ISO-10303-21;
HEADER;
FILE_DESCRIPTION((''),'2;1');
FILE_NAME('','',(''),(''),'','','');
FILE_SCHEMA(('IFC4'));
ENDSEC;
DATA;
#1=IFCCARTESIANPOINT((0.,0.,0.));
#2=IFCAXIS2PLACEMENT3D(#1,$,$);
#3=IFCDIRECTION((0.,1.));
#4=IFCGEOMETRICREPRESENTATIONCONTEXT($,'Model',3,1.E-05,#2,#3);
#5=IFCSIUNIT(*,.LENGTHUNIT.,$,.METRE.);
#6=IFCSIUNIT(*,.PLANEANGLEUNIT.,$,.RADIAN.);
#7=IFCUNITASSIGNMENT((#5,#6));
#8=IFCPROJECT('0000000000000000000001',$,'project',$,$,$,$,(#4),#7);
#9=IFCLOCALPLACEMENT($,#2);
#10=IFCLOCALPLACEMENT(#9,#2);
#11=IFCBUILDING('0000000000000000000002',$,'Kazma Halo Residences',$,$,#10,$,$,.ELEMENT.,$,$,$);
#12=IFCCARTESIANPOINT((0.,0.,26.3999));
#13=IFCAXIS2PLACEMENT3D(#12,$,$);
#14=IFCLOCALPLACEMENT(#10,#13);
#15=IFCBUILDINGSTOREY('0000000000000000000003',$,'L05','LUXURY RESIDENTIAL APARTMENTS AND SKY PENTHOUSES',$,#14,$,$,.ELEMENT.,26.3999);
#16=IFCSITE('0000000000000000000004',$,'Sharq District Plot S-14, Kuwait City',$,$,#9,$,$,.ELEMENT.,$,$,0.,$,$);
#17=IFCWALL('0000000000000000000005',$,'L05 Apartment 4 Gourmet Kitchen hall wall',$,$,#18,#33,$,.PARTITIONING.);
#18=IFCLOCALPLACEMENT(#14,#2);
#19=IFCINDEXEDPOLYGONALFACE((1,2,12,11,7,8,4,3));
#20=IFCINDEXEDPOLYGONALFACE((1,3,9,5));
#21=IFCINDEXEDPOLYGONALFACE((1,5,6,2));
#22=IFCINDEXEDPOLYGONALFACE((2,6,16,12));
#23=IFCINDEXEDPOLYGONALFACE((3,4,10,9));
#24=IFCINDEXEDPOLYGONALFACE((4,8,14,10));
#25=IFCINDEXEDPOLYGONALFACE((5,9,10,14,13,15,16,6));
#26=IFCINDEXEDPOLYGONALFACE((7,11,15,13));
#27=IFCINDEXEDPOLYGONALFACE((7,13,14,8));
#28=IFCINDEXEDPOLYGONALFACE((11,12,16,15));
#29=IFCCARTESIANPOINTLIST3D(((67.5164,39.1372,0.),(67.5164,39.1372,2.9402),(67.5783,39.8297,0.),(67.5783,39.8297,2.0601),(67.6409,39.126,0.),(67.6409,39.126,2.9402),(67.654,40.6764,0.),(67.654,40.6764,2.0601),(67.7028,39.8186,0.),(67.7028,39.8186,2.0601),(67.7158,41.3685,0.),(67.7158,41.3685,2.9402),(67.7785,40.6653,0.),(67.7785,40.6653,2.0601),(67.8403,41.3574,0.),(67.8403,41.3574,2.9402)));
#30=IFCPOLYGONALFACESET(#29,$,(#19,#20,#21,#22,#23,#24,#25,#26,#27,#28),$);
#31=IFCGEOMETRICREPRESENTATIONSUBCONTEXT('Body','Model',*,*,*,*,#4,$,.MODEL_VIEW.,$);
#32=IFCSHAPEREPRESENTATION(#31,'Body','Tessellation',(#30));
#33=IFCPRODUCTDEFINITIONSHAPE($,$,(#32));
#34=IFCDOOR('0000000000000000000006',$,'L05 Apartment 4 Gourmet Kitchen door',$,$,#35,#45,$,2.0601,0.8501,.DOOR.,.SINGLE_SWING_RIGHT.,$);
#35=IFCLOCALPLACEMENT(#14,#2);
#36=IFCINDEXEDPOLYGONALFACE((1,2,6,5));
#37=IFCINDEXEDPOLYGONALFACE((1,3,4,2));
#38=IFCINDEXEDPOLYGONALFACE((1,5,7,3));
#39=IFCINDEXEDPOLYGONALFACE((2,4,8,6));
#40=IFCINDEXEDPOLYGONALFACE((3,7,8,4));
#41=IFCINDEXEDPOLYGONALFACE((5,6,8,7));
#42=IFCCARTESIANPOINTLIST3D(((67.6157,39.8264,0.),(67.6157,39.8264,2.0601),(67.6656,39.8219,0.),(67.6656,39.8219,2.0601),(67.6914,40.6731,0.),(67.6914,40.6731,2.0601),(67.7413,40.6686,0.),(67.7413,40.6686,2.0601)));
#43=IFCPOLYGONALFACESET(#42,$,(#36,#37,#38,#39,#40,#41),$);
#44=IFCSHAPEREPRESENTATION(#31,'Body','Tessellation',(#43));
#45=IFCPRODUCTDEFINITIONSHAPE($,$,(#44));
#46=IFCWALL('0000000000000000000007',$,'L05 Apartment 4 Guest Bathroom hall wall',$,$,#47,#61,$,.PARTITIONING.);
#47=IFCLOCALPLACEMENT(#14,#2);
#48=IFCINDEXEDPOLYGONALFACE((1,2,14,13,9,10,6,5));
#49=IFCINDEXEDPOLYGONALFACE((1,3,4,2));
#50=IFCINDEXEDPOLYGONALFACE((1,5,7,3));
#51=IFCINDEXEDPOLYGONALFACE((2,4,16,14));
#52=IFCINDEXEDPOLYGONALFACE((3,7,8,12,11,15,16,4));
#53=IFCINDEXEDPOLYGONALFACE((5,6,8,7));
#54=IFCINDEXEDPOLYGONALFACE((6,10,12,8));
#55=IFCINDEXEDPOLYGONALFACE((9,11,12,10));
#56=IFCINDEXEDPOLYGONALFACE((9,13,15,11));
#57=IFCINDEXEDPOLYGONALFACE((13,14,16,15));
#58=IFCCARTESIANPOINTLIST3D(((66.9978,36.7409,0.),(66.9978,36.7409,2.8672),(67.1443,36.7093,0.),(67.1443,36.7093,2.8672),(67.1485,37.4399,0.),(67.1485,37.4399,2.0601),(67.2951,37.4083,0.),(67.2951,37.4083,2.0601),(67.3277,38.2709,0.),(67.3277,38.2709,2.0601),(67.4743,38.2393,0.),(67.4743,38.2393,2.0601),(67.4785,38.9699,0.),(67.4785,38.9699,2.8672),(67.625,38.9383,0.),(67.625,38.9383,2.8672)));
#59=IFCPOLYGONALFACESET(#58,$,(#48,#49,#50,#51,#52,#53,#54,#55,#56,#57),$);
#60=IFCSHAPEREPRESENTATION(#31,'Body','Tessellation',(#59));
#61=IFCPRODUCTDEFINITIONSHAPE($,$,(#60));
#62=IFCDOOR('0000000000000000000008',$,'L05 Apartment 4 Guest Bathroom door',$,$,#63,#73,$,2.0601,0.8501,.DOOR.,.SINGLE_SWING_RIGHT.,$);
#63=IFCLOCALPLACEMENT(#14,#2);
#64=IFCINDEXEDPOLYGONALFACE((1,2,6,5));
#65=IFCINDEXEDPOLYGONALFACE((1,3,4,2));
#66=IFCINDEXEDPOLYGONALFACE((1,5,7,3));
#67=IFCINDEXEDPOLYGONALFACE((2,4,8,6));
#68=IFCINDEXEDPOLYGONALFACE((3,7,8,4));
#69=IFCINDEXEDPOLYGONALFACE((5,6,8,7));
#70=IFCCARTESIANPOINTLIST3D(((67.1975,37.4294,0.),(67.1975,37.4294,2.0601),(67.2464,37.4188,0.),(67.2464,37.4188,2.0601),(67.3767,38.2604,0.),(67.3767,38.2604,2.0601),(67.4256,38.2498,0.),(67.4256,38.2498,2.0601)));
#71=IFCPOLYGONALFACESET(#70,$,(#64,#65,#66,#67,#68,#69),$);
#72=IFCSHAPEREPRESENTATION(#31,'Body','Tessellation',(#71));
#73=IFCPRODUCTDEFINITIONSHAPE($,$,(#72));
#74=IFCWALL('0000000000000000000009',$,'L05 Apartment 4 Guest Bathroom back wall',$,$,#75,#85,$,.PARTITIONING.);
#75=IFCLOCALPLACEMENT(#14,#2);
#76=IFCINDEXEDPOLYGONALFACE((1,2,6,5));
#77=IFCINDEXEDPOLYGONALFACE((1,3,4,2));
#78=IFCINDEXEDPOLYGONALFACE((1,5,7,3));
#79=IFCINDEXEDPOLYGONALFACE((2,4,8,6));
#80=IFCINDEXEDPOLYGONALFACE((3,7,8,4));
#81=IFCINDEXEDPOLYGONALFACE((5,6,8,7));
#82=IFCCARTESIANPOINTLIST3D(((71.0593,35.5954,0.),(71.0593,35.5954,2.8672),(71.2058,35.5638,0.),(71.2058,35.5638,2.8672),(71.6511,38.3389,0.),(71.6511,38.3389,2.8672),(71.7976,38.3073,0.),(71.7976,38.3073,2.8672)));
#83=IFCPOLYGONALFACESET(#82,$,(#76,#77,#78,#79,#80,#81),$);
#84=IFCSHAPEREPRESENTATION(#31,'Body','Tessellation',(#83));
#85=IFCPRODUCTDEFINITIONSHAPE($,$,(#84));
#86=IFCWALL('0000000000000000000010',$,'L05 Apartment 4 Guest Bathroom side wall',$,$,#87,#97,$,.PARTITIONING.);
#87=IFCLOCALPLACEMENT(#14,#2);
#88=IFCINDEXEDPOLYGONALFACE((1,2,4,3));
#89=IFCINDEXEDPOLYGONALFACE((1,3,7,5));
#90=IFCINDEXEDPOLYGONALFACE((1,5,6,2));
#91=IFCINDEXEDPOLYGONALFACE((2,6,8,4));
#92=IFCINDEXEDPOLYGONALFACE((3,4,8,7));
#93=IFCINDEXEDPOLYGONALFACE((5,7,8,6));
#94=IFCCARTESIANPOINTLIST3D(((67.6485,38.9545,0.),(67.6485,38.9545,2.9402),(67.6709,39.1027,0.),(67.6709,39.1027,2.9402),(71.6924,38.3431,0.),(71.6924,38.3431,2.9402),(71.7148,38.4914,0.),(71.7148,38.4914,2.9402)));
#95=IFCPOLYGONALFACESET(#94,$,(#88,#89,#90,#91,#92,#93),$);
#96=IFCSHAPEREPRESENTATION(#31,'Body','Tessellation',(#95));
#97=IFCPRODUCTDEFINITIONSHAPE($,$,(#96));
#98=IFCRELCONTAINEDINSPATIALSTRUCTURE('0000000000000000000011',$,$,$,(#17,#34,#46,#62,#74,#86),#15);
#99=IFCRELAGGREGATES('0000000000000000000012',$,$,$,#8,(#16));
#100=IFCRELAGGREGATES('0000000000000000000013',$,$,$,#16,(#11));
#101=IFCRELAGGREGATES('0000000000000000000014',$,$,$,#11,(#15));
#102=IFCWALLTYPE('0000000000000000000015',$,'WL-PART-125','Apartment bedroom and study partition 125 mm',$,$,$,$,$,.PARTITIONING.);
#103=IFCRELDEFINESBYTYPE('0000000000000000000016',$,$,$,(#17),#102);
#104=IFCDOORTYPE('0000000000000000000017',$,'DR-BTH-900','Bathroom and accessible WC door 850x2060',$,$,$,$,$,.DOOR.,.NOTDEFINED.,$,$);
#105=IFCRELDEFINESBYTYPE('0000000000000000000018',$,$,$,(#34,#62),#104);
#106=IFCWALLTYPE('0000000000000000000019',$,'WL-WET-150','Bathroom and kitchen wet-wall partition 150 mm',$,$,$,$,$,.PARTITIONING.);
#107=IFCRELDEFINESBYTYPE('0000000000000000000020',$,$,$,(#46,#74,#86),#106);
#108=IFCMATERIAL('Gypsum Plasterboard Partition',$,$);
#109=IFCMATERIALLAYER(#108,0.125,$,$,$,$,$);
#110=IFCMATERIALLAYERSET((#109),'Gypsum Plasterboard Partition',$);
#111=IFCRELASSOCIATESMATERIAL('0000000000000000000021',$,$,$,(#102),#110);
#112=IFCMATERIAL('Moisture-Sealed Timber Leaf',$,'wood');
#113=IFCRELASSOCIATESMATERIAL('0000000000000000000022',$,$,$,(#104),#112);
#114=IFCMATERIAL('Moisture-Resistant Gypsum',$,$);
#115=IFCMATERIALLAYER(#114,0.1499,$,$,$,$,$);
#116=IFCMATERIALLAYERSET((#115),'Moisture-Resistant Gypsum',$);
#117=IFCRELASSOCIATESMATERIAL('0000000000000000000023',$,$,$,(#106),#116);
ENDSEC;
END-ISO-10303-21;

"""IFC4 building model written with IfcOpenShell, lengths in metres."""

from ifc_helpers import new_model, si_unit, direction, frame, frame_2d, origin, place, context, subcontext, project, spatial, rectangle, extrude, material, layer, layer_set, type_object, element, fill, save


model = new_model("IFC4")

# Units and contexts
model_context = context("Model", 3, precision=1e-05, world=origin(), true_north=direction((0.0, 1.0)))
body_context = subcontext(model_context, "Body", "Model", "MODEL_VIEW")
ifc_project = project(units=[si_unit("LENGTHUNIT", "METRE"), si_unit("PLANEANGLEUNIT", "RADIAN")], contexts=[model_context])

# Site, building, storey
site_placement = place(None, origin())
site = spatial("IfcSite", under=ifc_project, at=site_placement, Name="Sharq District Plot S-14, Kuwait City", CompositionType="ELEMENT", RefElevation=0.0)
building_placement = place(site_placement, origin())
building = spatial("IfcBuilding", under=site, at=building_placement, Name="Kazma Halo Residences", CompositionType="ELEMENT")
storey_placement = place(building_placement, frame((0.0, 0.0, 26.3999)))
storey = spatial("IfcBuildingStorey", under=building, at=storey_placement, Name="L05", Description="LUXURY RESIDENTIAL APARTMENTS AND SKY PENTHOUSES", CompositionType="ELEMENT", Elevation=26.3999)

# Shared definitions
ifc_material_1 = material(Name="Gypsum Plasterboard Partition")
ifc_layer_1 = layer(ifc_material_1, 0.125)
ifc_layer_set_1 = layer_set([ifc_layer_1], Name="Gypsum Plasterboard Partition")
wall_type_1 = type_object("IfcWallType", Name="WL-PART-125", Description="Apartment bedroom and study partition 125 mm", PredefinedType="PARTITIONING", material=ifc_layer_set_1)

# Shared definitions
ifc_material_2 = material(Name="Moisture-Sealed Timber Leaf", Category="wood")
door_type = type_object("IfcDoorType", Name="DR-BTH-900", Description="Bathroom and accessible WC door 850x2060", OperationType="NOTDEFINED", PredefinedType="DOOR", material=ifc_material_2)

# Walls, openings, doors
wall_1_placement = place(storey_placement, frame((67.5786, 39.1316, 0.0), z_axis=(0.0, 0.0, 1.0), x_axis=(0.089032, 0.996029, 0.0)))
wall_1 = element("IfcWall", 1, at=wall_1_placement, inside=storey, type_object=wall_type_1, Name="L05 Apartment 4 Gourmet Kitchen hall wall", PredefinedType="PARTITIONING", context=body_context, shape_type="SweptSolid", body=[
    extrude(rectangle(XDim=2.2402, YDim=0.125, at=frame_2d((1.1201, 0.0))), origin(), (0.0, 0.0, 1.0), 2.9402),
])
opening_1_placement = place(wall_1_placement, frame((0.6953, 0.0, 0.0)))
opening_1 = element("IfcOpeningElement", 2, at=opening_1_placement, cuts=wall_1, PredefinedType="OPENING", context=body_context, shape_type="SweptSolid", body=[
    extrude(rectangle(XDim=0.8501, YDim=2.0601, at=frame_2d((0.425, 1.03))), frame((0.0, 0.0725, 0.0), z_axis=(0.0, -1.0, 0.0), x_axis=(1.0, 0.0, 0.0)), (0.0, 0.0, 1.0), 0.145),
])
door_1_placement = place(opening_1_placement, origin())
door_1 = element("IfcDoor", 3, at=door_1_placement, inside=storey, type_object=door_type, Name="L05 Apartment 4 Gourmet Kitchen door", OperationType="SINGLE_SWING_RIGHT", OverallHeight=2.0601, OverallWidth=0.8501, PredefinedType="DOOR", context=body_context, shape_type="SweptSolid", body=[
    extrude(rectangle(XDim=0.8501, YDim=2.0601, at=frame_2d((0.425, 1.03))), frame((0.0, 0.0249, 0.0), z_axis=(0.0, -1.0, 0.0), x_axis=(1.0, 0.0, 0.0)), (0.0, 0.0, 1.0), 0.05),
])
fill(opening_1, door_1)
ifc_material_3 = material(Name="Moisture-Resistant Gypsum")
ifc_layer_2 = layer(ifc_material_3, 0.1499)
ifc_layer_set_2 = layer_set([ifc_layer_2], Name="Moisture-Resistant Gypsum")
wall_type_2 = type_object("IfcWallType", Name="WL-WET-150", Description="Bathroom and kitchen wet-wall partition 150 mm", PredefinedType="PARTITIONING", material=ifc_layer_set_2)
wall_2_placement = place(storey_placement, frame((67.071, 36.7251, 0.0), z_axis=(0.0, 0.0, 1.0), x_axis=(0.210816, 0.977526, 0.0)))
wall_2 = element("IfcWall", 4, at=wall_2_placement, inside=storey, type_object=wall_type_2, Name="L05 Apartment 4 Guest Bathroom hall wall", PredefinedType="PARTITIONING", context=body_context, shape_type="SweptSolid", body=[
    extrude(rectangle(XDim=2.2803, YDim=0.1499, at=frame_2d((1.1401, 0.0))), origin(), (0.0, 0.0, 1.0), 2.8672),
])
opening_2_placement = place(wall_2_placement, frame((0.7151, 0.0, 0.0)))
opening_2 = element("IfcOpeningElement", 5, at=opening_2_placement, cuts=wall_2, PredefinedType="OPENING", context=body_context, shape_type="SweptSolid", body=[
    extrude(rectangle(XDim=0.8501, YDim=2.0601, at=frame_2d((0.425, 1.03))), frame((0.0, 0.085, 0.0), z_axis=(0.0, -1.0, 0.0), x_axis=(1.0, 0.0, 0.0)), (0.0, 0.0, 1.0), 0.1699),
])
door_2_placement = place(opening_2_placement, origin())
door_2 = element("IfcDoor", 6, at=door_2_placement, inside=storey, type_object=door_type, Name="L05 Apartment 4 Guest Bathroom door", OperationType="SINGLE_SWING_RIGHT", OverallHeight=2.0601, OverallWidth=0.8501, PredefinedType="DOOR", context=body_context, shape_type="SweptSolid", body=[
    extrude(rectangle(XDim=0.8501, YDim=2.0601, at=frame_2d((0.425, 1.03))), frame((0.0, 0.0249, 0.0), z_axis=(0.0, -1.0, 0.0), x_axis=(1.0, 0.0, 0.0)), (0.0, 0.0, 1.0), 0.05),
])
fill(opening_2, door_2)

# Walls
wall_3_placement = place(storey_placement, frame((71.1326, 35.5796, 0.0), z_axis=(0.0, 0.0, 1.0), x_axis=(0.210848, 0.977519, 0.0)))
element("IfcWall", 7, at=wall_3_placement, inside=storey, type_object=wall_type_2, Name="L05 Apartment 4 Guest Bathroom back wall", PredefinedType="PARTITIONING", context=body_context, shape_type="SweptSolid", body=[
    extrude(rectangle(XDim=2.8066, YDim=0.1499, at=frame_2d((1.4033, 0.0))), origin(), (0.0, 0.0, 1.0), 2.8672),
])
wall_4_placement = place(storey_placement, frame((67.6597, 39.0286, 0.0), z_axis=(0.0, 0.0, 1.0), x_axis=(0.988766, -0.149473, 0.0)))
element("IfcWall", 8, at=wall_4_placement, inside=storey, type_object=wall_type_2, Name="L05 Apartment 4 Guest Bathroom side wall", PredefinedType="PARTITIONING", context=body_context, shape_type="SweptSolid", body=[
    extrude(rectangle(XDim=4.0898, YDim=0.1499, at=frame_2d((2.0449, 0.0))), origin(), (0.0, 0.0, 1.0), 2.9402),
])

save(model, "model.ifc")
